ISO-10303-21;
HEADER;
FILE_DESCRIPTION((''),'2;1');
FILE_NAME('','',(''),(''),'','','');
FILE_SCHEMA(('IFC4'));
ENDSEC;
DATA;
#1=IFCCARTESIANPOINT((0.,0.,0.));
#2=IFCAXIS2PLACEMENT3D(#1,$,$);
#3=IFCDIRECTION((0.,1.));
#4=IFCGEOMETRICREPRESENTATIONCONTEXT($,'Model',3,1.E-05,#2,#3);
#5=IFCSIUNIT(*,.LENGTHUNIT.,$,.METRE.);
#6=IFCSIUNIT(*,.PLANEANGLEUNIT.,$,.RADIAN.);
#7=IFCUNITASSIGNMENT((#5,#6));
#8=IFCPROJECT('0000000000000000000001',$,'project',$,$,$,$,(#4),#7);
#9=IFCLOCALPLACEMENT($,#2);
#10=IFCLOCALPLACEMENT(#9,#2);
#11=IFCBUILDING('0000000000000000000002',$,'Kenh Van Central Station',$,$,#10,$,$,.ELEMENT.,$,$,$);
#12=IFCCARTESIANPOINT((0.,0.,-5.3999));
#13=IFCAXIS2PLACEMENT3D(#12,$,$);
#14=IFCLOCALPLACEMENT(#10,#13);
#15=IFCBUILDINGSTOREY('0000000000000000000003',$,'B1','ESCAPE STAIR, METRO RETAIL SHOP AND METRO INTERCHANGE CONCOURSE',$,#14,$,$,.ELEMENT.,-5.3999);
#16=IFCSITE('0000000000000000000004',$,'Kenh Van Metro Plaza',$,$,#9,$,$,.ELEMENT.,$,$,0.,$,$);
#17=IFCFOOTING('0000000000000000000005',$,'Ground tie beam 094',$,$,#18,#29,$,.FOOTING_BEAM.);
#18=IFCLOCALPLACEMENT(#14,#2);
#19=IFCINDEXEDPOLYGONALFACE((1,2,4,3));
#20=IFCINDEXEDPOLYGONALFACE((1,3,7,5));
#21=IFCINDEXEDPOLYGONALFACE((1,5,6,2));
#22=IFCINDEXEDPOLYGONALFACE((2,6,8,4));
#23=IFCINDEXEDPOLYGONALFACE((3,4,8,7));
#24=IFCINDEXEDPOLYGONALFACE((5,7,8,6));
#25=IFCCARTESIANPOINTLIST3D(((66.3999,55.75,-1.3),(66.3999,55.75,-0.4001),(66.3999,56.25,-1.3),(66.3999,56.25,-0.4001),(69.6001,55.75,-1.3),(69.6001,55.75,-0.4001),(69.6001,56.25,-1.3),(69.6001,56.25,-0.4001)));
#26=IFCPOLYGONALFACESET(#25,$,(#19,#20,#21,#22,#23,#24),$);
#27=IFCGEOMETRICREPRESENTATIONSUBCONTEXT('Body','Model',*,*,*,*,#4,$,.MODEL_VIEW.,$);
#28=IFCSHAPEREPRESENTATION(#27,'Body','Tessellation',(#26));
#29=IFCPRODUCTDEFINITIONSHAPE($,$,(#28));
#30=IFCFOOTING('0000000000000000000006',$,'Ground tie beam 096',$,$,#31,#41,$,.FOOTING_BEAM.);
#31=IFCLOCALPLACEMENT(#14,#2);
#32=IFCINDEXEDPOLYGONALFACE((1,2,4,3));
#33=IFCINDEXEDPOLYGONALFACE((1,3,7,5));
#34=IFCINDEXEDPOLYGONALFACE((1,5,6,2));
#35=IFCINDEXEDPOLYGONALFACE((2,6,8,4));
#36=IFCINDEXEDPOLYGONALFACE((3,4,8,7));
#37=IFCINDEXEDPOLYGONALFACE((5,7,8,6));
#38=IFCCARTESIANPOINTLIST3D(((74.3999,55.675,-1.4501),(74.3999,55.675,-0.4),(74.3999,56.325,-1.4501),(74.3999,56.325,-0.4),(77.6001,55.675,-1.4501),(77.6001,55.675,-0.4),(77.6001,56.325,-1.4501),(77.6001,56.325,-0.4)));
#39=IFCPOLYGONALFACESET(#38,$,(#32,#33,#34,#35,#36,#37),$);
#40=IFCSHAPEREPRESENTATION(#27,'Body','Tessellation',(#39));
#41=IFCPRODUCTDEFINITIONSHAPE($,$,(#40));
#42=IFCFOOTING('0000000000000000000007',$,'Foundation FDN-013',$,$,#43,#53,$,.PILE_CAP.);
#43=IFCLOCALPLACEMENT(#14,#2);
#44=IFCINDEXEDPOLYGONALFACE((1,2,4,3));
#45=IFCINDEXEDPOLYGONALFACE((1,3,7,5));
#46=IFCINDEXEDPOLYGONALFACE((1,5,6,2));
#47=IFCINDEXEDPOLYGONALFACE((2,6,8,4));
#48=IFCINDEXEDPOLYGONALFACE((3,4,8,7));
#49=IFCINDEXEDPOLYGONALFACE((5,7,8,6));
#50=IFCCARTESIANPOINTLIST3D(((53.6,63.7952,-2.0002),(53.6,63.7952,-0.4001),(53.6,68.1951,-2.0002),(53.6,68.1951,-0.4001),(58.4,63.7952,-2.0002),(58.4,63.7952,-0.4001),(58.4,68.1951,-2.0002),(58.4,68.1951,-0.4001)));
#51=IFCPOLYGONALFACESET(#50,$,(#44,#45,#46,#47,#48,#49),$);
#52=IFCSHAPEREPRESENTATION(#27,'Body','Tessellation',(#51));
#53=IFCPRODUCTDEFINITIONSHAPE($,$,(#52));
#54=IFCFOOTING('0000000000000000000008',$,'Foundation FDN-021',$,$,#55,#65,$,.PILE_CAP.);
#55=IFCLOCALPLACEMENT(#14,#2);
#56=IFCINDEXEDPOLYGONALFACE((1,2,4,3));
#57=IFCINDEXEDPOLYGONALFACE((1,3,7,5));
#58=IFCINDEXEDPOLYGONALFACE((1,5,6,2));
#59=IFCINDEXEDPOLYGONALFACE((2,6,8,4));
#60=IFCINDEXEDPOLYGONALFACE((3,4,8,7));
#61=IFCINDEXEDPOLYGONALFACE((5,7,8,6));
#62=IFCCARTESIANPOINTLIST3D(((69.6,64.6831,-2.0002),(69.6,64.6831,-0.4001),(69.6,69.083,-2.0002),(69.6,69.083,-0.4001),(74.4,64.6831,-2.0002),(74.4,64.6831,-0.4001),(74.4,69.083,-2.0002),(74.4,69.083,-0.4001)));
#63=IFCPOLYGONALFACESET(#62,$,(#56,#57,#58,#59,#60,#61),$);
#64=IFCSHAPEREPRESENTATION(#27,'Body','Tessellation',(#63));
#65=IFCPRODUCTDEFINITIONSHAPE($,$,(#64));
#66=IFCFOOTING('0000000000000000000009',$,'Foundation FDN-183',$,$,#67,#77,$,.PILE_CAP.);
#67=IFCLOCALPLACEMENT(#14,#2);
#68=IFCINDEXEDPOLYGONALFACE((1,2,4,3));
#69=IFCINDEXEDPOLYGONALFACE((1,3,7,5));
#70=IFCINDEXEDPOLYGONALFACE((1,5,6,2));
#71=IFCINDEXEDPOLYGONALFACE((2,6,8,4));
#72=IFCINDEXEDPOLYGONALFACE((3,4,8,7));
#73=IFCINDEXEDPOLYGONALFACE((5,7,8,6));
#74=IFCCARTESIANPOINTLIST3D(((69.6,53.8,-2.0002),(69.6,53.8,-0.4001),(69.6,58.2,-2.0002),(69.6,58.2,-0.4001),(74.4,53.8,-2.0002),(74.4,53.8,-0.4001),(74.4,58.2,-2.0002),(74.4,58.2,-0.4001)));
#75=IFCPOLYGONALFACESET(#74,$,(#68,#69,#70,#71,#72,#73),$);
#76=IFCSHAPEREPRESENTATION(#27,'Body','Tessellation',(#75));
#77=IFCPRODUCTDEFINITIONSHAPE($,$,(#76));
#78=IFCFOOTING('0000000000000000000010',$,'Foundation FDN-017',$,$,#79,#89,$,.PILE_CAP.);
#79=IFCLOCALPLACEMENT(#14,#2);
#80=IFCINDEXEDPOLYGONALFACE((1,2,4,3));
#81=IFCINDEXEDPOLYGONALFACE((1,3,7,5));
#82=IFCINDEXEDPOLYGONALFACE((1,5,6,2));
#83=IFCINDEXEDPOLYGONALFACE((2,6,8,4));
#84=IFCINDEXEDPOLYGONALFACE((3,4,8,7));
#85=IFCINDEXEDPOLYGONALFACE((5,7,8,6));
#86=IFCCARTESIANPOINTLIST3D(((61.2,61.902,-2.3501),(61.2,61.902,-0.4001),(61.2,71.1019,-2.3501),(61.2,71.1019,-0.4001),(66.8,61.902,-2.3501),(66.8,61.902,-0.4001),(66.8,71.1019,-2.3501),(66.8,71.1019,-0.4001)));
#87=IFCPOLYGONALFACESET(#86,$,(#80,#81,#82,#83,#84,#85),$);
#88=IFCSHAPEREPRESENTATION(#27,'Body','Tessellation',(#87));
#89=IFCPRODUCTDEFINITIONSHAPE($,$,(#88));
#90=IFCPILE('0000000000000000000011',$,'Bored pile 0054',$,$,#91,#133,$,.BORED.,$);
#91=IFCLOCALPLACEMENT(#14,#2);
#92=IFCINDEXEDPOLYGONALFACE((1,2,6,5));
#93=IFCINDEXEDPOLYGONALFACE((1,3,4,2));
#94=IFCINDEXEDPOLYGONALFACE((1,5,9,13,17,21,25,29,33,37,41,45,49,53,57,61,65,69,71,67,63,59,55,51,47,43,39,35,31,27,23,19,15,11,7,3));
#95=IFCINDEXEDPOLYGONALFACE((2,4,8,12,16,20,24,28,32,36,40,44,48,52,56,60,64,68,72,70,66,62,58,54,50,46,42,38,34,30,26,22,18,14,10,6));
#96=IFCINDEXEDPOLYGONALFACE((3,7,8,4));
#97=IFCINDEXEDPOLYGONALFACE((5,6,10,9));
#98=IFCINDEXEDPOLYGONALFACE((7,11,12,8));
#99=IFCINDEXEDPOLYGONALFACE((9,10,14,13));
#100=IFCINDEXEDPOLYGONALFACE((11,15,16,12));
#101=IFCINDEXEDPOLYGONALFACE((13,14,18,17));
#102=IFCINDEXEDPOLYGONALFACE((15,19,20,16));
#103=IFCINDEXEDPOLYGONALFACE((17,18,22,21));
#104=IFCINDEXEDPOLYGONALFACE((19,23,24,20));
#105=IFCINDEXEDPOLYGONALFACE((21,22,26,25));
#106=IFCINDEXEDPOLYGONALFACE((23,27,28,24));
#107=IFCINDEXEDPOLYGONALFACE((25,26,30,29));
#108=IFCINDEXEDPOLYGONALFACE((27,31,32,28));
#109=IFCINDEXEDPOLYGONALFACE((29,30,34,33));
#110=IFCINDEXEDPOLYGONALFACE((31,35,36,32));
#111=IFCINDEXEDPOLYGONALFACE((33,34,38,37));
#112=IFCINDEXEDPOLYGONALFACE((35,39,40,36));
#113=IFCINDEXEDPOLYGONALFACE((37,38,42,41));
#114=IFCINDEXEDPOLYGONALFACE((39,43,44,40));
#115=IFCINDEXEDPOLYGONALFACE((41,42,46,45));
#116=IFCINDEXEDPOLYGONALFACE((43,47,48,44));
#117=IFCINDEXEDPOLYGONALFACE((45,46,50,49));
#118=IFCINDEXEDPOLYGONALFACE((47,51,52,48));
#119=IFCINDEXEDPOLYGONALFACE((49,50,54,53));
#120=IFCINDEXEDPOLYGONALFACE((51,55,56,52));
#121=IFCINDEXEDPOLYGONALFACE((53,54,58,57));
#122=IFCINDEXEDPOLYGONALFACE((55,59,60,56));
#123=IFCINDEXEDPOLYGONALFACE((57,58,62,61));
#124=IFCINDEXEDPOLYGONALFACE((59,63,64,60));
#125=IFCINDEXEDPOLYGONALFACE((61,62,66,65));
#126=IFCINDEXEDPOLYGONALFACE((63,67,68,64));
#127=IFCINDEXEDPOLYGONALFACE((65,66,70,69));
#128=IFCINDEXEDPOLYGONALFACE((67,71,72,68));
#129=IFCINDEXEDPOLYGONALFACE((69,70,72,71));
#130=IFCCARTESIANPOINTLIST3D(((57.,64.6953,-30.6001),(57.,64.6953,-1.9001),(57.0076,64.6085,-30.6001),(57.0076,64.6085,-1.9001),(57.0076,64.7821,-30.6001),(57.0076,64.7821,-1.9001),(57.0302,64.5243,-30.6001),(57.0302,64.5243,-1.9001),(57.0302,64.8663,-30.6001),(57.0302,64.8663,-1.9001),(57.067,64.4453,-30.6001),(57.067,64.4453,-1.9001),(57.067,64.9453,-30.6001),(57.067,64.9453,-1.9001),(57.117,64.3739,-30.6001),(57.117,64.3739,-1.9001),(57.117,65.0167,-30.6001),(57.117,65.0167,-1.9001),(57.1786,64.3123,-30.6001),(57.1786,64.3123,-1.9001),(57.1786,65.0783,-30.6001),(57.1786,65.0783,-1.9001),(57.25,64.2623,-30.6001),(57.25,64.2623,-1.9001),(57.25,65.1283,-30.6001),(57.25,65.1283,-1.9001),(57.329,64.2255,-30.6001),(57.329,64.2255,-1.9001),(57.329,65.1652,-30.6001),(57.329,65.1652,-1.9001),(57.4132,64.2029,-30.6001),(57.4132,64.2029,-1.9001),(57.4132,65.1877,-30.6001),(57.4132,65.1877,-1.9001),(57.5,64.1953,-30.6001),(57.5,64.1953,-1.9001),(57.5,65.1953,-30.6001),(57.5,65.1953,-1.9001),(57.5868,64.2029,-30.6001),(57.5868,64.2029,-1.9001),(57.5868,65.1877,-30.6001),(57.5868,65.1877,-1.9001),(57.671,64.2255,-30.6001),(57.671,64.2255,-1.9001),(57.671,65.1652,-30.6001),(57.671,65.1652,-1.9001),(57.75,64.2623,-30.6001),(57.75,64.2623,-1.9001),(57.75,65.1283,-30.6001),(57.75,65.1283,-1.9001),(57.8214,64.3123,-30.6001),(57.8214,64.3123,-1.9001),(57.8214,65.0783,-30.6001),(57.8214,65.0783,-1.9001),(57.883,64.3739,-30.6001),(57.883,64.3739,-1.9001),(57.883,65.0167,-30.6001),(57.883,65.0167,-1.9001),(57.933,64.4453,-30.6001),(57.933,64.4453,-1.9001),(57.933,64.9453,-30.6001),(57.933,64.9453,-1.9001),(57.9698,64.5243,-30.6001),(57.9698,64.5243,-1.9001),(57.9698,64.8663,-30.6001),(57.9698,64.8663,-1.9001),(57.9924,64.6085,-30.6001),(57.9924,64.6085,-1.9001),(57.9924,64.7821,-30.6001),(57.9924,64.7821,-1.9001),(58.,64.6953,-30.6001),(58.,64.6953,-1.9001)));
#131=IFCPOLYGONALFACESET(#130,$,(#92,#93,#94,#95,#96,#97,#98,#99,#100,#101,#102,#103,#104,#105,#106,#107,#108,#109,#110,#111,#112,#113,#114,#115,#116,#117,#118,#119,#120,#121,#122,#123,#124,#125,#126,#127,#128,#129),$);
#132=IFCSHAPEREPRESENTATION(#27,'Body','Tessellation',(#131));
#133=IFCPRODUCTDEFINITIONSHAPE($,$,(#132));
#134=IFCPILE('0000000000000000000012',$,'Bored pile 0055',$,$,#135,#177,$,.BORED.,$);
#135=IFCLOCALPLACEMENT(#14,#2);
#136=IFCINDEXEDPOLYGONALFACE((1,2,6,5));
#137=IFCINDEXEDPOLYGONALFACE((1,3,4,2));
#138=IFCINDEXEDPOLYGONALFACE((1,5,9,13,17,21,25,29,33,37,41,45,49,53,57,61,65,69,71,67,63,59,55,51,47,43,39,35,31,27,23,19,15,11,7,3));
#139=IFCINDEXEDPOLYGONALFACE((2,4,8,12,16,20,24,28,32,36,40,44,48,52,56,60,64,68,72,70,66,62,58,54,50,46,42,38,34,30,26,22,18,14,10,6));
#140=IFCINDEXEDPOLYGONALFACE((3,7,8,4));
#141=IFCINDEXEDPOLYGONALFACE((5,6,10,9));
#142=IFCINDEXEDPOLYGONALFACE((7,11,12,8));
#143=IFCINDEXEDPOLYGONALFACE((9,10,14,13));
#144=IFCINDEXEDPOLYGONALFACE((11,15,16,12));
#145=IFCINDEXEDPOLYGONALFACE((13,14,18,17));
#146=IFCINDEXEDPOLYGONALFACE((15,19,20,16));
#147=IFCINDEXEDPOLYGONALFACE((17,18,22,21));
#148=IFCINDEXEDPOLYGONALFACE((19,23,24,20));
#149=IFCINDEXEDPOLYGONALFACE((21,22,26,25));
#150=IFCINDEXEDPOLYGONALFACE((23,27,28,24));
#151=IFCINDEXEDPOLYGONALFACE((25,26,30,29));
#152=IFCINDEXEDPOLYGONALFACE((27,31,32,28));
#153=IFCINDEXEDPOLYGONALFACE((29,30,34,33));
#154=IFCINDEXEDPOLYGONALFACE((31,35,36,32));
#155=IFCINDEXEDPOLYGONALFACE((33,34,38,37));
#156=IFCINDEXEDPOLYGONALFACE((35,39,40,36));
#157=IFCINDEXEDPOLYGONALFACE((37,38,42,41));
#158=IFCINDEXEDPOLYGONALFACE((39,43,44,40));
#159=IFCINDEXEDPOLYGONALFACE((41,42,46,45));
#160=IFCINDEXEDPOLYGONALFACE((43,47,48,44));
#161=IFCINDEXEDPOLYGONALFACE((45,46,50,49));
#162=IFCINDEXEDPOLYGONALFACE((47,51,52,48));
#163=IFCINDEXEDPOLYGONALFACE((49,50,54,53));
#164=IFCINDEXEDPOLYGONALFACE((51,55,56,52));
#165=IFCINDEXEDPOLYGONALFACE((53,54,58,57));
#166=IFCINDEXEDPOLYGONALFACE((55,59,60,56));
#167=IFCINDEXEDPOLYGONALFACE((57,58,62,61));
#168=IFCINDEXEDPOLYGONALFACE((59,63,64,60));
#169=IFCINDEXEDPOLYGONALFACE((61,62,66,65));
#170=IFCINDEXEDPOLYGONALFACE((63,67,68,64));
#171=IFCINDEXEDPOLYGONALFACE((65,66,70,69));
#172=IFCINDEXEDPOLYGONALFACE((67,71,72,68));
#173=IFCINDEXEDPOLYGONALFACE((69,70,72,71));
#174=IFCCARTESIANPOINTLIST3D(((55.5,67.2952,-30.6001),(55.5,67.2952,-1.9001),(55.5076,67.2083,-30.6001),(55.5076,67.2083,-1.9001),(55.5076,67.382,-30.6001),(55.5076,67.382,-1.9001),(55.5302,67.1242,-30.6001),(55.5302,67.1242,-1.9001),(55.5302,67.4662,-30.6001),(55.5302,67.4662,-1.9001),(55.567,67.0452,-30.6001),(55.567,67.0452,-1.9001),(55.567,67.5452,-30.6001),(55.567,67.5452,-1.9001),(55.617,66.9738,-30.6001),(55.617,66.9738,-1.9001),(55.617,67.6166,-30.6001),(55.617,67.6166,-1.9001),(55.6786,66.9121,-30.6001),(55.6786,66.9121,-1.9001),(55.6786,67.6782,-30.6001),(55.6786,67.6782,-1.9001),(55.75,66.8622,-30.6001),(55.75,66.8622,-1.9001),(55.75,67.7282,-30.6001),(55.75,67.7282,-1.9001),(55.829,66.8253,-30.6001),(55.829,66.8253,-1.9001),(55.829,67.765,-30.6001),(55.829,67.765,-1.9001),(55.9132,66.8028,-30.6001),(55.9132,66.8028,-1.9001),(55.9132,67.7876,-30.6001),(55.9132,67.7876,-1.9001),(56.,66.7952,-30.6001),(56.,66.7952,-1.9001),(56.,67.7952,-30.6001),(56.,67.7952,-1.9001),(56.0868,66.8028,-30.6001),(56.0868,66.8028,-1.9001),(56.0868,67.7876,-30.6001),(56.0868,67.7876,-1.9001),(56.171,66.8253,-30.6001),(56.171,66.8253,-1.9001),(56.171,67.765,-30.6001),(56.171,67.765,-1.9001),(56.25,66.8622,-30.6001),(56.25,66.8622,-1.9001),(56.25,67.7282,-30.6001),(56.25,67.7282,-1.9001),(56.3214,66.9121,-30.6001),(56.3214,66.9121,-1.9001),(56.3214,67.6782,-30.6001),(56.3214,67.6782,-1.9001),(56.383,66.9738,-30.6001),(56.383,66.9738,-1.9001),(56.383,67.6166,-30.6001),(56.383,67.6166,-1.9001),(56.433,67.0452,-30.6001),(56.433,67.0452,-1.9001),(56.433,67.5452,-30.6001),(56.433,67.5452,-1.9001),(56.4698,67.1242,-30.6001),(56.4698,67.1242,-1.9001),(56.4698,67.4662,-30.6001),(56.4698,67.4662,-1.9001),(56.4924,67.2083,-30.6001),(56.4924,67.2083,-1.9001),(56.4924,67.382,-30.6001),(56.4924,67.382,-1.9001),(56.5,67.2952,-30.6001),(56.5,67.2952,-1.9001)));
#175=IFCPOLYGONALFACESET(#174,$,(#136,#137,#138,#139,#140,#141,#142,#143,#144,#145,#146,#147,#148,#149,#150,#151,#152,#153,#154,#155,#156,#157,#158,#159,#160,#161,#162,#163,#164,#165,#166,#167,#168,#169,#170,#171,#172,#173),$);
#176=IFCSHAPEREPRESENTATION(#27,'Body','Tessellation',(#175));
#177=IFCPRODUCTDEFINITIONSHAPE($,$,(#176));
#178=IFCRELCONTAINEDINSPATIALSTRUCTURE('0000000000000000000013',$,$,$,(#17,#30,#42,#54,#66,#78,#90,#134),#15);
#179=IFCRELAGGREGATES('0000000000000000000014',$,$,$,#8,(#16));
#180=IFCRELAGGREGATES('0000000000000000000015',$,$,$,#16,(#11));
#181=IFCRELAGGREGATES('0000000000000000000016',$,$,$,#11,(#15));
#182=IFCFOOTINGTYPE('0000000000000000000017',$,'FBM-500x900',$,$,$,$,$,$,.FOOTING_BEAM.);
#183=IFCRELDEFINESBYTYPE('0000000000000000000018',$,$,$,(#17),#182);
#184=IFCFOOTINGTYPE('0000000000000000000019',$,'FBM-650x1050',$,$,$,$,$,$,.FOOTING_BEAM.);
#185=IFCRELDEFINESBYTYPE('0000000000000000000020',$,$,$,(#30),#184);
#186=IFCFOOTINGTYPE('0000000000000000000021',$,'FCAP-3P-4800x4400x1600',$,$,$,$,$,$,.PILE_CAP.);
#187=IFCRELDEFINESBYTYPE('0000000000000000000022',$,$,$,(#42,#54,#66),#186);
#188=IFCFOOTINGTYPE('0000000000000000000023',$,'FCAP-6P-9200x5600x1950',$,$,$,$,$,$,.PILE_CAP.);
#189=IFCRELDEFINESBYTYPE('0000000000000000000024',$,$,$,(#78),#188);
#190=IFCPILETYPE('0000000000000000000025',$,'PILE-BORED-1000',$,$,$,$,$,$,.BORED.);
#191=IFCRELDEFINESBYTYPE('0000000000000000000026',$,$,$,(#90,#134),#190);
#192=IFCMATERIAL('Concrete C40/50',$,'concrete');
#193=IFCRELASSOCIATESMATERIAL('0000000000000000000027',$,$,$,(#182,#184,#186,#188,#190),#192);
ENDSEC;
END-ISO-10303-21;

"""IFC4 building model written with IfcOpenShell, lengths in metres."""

from ifc_helpers import new_model, si_unit, direction, frame, origin, origin_2d, place, context, subcontext, project, spatial, rectangle, circle, extrude, material, material_profile, profile_set, type_object, element, save


model = new_model("IFC4")

# Units and contexts
model_context = context("Model", 3, precision=1e-05, world=origin(), true_north=direction((0.0, 1.0)))
body_context = subcontext(model_context, "Body", "Model", "MODEL_VIEW")
ifc_project = project(units=[si_unit("LENGTHUNIT", "METRE"), si_unit("PLANEANGLEUNIT", "RADIAN")], contexts=[model_context])

# Site, building, storey
site_placement = place(None, origin())
site = spatial("IfcSite", under=ifc_project, at=site_placement, Name="Kenh Van Metro Plaza", CompositionType="ELEMENT", RefElevation=0.0)
building_placement = place(site_placement, origin())
building = spatial("IfcBuilding", under=site, at=building_placement, Name="Kenh Van Central Station", CompositionType="ELEMENT")
storey_placement = place(building_placement, frame((0.0, 0.0, -5.3999)))
storey = spatial("IfcBuildingStorey", under=building, at=storey_placement, Name="B1", Description="ESCAPE STAIR, METRO RETAIL SHOP AND METRO INTERCHANGE CONCOURSE", CompositionType="ELEMENT", Elevation=-5.3999)

# Footings
ifc_material_1 = material(Name="Concrete C40/50", Category="concrete")
ifc_material_profile_1 = material_profile(ifc_material_1, rectangle(XDim=0.5, YDim=0.8999, at=origin_2d()), Name="RC 500x900")
ifc_profile_set_1 = profile_set([ifc_material_profile_1], Name="Concrete C40/50")
footing_type_1 = type_object("IfcFootingType", Name="FBM-500x900", PredefinedType="FOOTING_BEAM", material=ifc_profile_set_1)
footing_1_placement = place(storey_placement, frame((66.3999, 56.0, -0.8501), z_axis=(1.0, 0.0, 0.0), x_axis=(0.0, 1.0, 0.0)))
element("IfcFooting", 1, at=footing_1_placement, inside=storey, type_object=footing_type_1, Name="Ground tie beam 094", PredefinedType="FOOTING_BEAM", context=body_context, shape_type="SweptSolid", body=[
    extrude(rectangle(XDim=0.5, YDim=0.8999, at=origin_2d()), origin(), (0.0, 0.0, 1.0), 3.2002),
])
ifc_material_profile_2 = material_profile(ifc_material_1, rectangle(XDim=0.6499, YDim=1.05, at=origin_2d()), Name="RC 650x1050")
ifc_profile_set_2 = profile_set([ifc_material_profile_2], Name="Concrete C40/50")
footing_type_2 = type_object("IfcFootingType", Name="FBM-650x1050", PredefinedType="FOOTING_BEAM", material=ifc_profile_set_2)
footing_2_placement = place(storey_placement, frame((74.3999, 56.0, -0.925), z_axis=(1.0, 0.0, 0.0), x_axis=(0.0, 1.0, 0.0)))
element("IfcFooting", 2, at=footing_2_placement, inside=storey, type_object=footing_type_2, Name="Ground tie beam 096", PredefinedType="FOOTING_BEAM", context=body_context, shape_type="SweptSolid", body=[
    extrude(rectangle(XDim=0.6499, YDim=1.05, at=origin_2d()), origin(), (0.0, 0.0, 1.0), 3.2002),
])
footing_type_3 = type_object("IfcFootingType", Name="FCAP-3P-4800x4400x1600", PredefinedType="PILE_CAP", material=ifc_material_1)
for number, where, z_axis, x_axis, name in (
    (3, (56.0, 65.9951, -2.0002), (0.0, 0.0, 1.0), (1.0, 0.0, 0.0), "Foundation FDN-013"),
    (4, (72.0, 66.8831, -2.0002), (0.0, 0.0, 1.0), (1.0, 0.0, 0.0), "Foundation FDN-021"),
    (5, (72.0, 56.0, -2.0002), (0.0, 0.0, 1.0), (1.0, 0.0, 0.0), "Foundation FDN-183"),
):
    element("IfcFooting", number, at=place(storey_placement, frame(where, z_axis=z_axis, x_axis=x_axis)), inside=storey, type_object=footing_type_3, Name=name, PredefinedType="PILE_CAP", context=body_context, shape_type="SweptSolid", body=[
        extrude(rectangle(XDim=4.8, YDim=4.3999, at=origin_2d()), origin(), (0.0, 0.0, 1.0), 1.6001),
    ])
footing_type_4 = type_object("IfcFootingType", Name="FCAP-6P-9200x5600x1950", PredefinedType="PILE_CAP", material=ifc_material_1)
footing_3_placement = place(storey_placement, frame((64.0, 66.502, -2.3501), z_axis=(0.0, 0.0, 1.0), x_axis=(0.0, 1.0, 0.0)))
element("IfcFooting", 6, at=footing_3_placement, inside=storey, type_object=footing_type_4, Name="Foundation FDN-017", PredefinedType="PILE_CAP", context=body_context, shape_type="SweptSolid", body=[
    extrude(rectangle(XDim=9.2, YDim=5.6001, at=origin_2d()), origin(), (0.0, 0.0, 1.0), 1.95),
])

# Piles
ifc_material_profile_3 = material_profile(ifc_material_1, circle(Radius=0.5, at=origin_2d()), Name="PILE D1000")
ifc_profile_set_3 = profile_set([ifc_material_profile_3], Name="Concrete C40/50")
pile_type_1 = type_object("IfcPileType", Name="PILE-BORED-1000", PredefinedType="BORED", material=ifc_profile_set_3)
for number, where, z_axis, x_axis, name in (
    (7, (57.5, 64.6953, -1.9001), (0.0, 0.0, -1.0), (1.0, 0.0, 0.0), "Bored pile 0054"),
    (8, (56.0, 67.2952, -1.9001), (0.0, 0.0, -1.0), (1.0, 0.0, 0.0), "Bored pile 0055"),
):
    element("IfcPile", number, at=place(storey_placement, frame(where, z_axis=z_axis, x_axis=x_axis)), inside=storey, type_object=pile_type_1, Name=name, PredefinedType="BORED", context=body_context, shape_type="SweptSolid", body=[
        extrude(circle(Radius=0.5, at=origin_2d()), origin(), (0.0, 0.0, 1.0), 28.7),
    ])

save(model, "model.ifc")
